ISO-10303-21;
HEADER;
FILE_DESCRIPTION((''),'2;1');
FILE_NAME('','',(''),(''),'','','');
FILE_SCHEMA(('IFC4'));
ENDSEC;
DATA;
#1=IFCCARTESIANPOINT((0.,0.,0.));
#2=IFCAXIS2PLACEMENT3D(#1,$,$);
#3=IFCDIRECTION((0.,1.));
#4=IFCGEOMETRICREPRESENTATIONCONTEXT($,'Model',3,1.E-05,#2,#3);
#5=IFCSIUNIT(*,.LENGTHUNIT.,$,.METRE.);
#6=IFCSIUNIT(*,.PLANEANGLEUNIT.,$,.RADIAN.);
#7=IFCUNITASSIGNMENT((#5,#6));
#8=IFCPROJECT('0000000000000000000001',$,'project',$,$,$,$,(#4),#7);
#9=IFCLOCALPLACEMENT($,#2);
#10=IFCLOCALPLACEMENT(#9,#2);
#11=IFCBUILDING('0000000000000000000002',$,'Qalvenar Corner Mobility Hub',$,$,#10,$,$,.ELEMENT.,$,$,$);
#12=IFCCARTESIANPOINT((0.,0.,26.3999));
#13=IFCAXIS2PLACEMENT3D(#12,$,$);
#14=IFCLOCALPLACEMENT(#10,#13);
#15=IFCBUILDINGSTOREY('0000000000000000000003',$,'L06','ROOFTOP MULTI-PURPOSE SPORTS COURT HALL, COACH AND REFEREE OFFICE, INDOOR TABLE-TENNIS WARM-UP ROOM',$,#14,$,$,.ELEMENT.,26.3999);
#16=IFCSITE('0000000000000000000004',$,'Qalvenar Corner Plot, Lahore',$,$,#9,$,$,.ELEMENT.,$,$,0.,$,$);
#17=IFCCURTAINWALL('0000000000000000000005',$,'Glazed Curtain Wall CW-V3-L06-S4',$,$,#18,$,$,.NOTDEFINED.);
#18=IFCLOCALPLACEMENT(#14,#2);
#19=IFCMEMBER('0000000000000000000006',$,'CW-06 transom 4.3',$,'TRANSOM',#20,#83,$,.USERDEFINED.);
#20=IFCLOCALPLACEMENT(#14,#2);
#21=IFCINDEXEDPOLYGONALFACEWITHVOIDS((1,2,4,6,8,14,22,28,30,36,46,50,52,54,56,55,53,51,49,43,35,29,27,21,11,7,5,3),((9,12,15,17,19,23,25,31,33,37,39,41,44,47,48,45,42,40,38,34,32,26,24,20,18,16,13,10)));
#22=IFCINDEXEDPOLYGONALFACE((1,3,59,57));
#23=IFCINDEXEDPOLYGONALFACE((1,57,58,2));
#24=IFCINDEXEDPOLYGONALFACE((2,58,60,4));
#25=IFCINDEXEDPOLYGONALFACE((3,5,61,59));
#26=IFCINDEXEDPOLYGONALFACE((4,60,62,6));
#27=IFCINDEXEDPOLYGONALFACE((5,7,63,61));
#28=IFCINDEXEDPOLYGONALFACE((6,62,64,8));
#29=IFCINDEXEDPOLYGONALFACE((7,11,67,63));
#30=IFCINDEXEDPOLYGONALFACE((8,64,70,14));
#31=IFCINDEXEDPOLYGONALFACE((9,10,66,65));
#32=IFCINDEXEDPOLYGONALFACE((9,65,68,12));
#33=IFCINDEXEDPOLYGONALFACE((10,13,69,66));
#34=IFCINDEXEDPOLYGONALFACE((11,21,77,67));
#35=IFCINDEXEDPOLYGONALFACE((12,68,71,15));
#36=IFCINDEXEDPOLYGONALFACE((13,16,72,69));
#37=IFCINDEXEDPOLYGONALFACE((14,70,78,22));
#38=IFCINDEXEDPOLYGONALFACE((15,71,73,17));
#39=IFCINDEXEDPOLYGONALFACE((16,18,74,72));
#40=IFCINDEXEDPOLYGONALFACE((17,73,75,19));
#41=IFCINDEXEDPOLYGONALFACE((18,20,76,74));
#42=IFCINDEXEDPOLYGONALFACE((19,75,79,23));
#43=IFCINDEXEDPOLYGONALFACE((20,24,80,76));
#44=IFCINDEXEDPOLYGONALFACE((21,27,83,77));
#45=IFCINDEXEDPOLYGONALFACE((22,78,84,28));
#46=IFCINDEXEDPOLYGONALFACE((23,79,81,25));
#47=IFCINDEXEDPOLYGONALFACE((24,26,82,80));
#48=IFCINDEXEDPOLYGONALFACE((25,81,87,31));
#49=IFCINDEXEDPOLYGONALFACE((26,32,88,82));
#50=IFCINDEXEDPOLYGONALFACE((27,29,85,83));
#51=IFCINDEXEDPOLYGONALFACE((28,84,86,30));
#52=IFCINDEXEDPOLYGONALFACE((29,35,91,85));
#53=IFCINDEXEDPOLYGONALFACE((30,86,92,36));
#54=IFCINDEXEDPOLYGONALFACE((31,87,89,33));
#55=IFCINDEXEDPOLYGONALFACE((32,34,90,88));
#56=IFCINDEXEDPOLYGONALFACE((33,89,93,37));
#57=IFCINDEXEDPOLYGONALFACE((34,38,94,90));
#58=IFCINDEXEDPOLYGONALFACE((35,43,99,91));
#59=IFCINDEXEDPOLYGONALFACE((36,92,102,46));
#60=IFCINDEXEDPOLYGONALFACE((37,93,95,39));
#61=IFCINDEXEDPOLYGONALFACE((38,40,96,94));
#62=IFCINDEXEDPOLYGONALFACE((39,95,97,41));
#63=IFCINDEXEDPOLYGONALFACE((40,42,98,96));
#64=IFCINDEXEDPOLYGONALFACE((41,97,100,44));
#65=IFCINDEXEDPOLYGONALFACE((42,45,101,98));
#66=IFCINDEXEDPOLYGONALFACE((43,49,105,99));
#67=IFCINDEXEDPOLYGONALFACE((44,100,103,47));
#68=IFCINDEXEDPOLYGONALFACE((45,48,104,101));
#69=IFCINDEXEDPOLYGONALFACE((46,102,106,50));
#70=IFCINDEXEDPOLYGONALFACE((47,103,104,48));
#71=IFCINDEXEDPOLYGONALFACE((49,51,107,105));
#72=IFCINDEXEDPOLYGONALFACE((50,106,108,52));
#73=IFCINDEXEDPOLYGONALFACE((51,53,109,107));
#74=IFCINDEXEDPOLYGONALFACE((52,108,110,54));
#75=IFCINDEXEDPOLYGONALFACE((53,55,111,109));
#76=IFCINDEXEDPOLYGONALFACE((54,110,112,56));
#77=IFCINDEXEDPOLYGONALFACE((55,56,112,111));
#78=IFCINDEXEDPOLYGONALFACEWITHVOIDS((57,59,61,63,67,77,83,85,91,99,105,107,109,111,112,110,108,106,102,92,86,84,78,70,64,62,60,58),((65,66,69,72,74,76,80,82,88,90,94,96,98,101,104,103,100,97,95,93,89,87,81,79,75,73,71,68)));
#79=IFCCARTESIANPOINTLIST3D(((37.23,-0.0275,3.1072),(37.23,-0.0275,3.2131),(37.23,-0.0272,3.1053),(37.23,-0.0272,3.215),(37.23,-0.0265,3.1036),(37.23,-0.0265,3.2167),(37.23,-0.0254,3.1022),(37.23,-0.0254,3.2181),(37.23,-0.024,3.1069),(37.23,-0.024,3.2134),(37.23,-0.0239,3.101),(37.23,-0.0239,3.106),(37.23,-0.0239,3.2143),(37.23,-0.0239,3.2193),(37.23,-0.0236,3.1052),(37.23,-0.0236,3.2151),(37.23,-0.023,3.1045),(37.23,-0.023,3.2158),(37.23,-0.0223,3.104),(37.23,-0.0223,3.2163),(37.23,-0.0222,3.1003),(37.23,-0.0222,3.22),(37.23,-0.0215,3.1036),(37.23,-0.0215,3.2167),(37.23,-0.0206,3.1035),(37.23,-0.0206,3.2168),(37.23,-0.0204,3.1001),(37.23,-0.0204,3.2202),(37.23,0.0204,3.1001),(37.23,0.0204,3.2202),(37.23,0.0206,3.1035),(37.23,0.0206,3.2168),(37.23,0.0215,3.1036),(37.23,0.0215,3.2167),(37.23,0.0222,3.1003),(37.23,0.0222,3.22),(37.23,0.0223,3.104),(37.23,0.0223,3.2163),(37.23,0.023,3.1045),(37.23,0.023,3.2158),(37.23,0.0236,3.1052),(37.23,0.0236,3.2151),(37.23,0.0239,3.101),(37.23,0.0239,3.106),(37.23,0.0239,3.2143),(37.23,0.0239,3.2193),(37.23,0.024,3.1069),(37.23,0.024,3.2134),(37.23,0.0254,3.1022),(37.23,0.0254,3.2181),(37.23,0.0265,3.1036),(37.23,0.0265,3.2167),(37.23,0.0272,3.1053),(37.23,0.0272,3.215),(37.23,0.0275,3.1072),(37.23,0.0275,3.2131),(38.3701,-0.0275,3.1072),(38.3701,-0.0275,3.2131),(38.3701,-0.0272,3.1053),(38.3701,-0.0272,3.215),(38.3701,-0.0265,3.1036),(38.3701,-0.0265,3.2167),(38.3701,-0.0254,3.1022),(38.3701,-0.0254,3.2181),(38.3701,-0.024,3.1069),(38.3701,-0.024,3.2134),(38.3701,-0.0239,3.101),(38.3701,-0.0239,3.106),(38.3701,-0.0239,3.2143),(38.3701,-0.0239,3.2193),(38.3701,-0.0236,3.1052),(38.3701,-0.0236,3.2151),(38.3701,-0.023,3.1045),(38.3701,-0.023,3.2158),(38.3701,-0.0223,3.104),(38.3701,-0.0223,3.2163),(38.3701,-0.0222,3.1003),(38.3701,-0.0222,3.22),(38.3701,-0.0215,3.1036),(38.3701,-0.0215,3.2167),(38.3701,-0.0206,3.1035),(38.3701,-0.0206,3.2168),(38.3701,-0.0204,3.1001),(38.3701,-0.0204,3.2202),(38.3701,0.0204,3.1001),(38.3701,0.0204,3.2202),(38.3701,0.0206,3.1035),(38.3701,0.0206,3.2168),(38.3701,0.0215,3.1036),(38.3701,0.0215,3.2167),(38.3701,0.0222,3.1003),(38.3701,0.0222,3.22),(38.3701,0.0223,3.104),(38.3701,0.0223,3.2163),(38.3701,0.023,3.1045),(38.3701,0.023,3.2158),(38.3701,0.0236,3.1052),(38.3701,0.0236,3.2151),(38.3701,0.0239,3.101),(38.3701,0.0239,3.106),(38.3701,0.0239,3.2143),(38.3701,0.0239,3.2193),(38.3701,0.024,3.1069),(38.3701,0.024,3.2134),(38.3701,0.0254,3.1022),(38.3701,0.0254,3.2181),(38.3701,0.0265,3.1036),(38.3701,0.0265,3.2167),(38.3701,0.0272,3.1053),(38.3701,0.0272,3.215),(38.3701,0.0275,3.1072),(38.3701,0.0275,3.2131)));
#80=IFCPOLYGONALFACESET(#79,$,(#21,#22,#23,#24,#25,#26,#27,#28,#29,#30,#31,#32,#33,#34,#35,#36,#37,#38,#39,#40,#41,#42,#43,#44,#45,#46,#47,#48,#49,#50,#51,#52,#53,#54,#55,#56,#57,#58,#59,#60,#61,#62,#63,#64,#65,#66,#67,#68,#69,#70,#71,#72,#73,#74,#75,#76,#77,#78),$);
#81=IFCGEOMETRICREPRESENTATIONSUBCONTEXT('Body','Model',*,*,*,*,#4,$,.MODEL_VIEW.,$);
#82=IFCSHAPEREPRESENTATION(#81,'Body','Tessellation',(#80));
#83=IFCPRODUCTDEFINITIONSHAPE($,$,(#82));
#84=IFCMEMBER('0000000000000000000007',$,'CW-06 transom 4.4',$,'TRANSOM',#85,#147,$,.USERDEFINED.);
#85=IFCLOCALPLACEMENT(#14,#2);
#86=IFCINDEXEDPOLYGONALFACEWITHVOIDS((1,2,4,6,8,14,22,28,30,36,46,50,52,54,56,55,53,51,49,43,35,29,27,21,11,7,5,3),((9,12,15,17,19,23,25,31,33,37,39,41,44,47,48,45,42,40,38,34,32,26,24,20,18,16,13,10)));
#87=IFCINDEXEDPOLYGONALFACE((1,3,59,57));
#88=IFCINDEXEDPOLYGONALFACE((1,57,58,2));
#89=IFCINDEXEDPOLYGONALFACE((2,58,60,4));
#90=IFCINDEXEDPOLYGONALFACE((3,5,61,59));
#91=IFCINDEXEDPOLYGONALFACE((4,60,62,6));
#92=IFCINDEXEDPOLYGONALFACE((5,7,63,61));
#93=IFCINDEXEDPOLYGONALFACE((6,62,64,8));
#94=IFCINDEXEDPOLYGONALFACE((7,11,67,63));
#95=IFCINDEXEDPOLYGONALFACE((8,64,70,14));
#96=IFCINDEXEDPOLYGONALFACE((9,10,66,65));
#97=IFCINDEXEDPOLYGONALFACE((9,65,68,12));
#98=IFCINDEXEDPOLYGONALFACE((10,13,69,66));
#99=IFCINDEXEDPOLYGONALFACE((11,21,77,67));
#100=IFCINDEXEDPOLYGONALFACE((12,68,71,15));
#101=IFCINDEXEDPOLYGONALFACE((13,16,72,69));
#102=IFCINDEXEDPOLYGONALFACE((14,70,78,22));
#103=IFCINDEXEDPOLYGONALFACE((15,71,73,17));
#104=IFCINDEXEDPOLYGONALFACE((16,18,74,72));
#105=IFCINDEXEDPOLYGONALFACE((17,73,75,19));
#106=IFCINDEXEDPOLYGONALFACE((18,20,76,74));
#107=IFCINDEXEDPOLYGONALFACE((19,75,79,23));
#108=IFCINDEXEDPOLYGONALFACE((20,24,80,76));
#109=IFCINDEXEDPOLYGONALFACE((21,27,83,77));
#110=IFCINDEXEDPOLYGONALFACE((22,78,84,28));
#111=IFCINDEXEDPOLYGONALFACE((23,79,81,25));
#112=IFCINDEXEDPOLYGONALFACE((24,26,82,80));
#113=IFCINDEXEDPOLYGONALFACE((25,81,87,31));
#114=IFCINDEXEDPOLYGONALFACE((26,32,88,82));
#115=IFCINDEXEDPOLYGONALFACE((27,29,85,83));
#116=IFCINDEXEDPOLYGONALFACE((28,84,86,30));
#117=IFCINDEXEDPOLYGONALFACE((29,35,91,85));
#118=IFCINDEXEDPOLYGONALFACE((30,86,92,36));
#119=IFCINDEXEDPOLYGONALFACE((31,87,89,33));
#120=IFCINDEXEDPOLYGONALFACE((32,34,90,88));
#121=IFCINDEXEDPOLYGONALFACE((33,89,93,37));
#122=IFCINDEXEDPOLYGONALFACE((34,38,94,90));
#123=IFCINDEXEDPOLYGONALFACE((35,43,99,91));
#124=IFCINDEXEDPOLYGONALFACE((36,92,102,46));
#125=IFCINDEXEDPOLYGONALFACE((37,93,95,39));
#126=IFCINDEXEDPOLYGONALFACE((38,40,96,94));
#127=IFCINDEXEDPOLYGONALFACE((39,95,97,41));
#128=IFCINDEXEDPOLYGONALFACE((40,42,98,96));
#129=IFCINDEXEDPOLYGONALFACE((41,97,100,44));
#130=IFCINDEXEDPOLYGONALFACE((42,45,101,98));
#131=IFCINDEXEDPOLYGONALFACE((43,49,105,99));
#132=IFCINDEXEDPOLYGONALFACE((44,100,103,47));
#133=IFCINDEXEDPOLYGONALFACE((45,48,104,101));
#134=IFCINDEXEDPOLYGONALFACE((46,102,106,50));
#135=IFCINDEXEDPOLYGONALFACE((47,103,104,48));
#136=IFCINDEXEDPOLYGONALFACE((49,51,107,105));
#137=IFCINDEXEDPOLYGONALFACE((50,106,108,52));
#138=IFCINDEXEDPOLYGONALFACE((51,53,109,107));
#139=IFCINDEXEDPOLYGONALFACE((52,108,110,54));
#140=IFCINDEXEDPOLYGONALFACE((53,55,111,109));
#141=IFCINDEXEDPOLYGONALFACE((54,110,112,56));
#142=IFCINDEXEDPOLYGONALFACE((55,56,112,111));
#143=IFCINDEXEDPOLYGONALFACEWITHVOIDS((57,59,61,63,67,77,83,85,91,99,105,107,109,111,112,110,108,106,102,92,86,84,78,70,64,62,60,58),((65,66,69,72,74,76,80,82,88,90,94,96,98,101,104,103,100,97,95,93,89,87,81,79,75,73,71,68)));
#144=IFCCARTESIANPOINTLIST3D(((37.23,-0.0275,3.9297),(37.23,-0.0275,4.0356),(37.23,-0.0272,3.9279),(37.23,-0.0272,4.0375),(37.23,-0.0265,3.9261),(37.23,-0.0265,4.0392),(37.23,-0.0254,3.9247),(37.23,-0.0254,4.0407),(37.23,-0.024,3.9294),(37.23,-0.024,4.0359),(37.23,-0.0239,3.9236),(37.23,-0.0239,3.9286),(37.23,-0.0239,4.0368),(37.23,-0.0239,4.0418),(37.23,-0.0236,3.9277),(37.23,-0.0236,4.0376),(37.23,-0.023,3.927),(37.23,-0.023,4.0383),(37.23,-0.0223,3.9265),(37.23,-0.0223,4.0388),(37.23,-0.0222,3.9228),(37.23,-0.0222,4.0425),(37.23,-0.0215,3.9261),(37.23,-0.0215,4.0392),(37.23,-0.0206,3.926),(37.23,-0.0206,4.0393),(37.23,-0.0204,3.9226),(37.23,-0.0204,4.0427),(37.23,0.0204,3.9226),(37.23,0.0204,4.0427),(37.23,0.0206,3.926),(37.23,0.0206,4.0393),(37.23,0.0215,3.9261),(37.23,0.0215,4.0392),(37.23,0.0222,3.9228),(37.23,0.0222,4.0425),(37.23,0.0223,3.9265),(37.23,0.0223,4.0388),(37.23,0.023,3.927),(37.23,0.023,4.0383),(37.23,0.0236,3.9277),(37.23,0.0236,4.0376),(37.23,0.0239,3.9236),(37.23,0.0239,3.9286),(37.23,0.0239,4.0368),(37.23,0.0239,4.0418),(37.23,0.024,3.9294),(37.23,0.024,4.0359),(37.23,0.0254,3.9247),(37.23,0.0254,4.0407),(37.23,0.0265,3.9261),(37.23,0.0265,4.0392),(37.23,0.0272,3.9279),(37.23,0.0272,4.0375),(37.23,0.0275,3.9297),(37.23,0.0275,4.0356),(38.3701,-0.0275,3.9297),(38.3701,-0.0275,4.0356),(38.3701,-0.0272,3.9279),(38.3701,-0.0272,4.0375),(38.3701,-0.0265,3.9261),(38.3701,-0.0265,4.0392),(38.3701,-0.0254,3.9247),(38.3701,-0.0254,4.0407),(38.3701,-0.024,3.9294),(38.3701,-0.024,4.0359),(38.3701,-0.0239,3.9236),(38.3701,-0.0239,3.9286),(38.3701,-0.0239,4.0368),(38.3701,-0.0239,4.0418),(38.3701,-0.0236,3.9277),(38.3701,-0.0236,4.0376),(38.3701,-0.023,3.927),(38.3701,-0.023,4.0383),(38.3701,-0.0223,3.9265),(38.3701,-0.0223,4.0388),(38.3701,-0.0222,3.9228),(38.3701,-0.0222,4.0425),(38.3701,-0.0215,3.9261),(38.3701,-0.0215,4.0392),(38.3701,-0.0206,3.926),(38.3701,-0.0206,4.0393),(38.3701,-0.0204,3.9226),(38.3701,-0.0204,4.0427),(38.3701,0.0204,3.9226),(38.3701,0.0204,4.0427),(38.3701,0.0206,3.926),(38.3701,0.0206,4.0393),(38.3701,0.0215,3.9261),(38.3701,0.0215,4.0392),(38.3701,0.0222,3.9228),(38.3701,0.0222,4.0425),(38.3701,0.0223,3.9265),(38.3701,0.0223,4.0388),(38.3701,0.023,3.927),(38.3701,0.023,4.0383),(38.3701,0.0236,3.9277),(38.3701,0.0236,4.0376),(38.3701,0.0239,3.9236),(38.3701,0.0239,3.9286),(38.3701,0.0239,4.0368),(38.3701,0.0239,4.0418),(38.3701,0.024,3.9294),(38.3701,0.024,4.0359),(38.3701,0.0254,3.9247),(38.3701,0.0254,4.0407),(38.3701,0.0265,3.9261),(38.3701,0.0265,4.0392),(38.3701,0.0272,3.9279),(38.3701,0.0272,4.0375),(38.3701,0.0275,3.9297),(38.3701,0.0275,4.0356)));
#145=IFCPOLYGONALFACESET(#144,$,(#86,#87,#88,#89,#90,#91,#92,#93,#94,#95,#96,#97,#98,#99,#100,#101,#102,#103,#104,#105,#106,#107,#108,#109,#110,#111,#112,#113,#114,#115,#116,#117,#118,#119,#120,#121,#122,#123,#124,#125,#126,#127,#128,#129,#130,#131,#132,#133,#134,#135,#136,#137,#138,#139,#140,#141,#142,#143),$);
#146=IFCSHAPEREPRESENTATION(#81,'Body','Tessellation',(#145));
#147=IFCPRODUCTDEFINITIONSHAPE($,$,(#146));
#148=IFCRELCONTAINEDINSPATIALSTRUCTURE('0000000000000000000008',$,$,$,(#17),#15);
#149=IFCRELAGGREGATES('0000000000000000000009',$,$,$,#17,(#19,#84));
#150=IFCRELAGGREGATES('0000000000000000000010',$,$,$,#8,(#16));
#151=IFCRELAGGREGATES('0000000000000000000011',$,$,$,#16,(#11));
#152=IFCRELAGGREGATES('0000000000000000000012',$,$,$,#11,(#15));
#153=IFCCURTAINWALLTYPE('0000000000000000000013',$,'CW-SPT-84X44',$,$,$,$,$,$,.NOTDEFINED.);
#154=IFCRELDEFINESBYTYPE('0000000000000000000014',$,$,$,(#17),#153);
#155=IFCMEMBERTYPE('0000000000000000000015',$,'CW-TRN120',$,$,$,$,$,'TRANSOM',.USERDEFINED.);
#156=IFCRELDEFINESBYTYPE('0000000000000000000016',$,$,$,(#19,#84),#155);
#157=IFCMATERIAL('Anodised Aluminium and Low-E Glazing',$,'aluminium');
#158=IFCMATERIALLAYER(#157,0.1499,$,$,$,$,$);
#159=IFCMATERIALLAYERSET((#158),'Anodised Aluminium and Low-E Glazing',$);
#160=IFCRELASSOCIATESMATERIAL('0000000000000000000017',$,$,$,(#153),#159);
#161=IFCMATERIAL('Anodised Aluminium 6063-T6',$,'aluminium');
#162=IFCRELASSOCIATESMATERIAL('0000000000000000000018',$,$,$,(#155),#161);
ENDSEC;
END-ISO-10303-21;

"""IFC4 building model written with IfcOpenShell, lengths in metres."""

from ifc_helpers import new_model, si_unit, direction, frame, origin, origin_2d, place, context, subcontext, project, spatial, hollow_rectangle, extrude, material, layer, layer_set, material_profile, profile_set, type_object, element, aggregate, save


model = new_model("IFC4")

# Units and contexts
model_context = context("Model", 3, precision=1e-05, world=origin(), true_north=direction((0.0, 1.0)))
body_context = subcontext(model_context, "Body", "Model", "MODEL_VIEW")
ifc_project = project(units=[si_unit("LENGTHUNIT", "METRE"), si_unit("PLANEANGLEUNIT", "RADIAN")], contexts=[model_context])

# Site, building, storey
site_placement = place(None, origin())
site = spatial("IfcSite", under=ifc_project, at=site_placement, Name="Qalvenar Corner Plot, Lahore", CompositionType="ELEMENT", RefElevation=0.0)
building_placement = place(site_placement, origin())
building = spatial("IfcBuilding", under=site, at=building_placement, Name="Qalvenar Corner Mobility Hub", CompositionType="ELEMENT")
storey_placement = place(building_placement, frame((0.0, 0.0, 26.3999)))
storey = spatial("IfcBuildingStorey", under=building, at=storey_placement, Name="L06", Description="ROOFTOP MULTI-PURPOSE SPORTS COURT HALL, COACH AND REFEREE OFFICE, INDOOR TABLE-TENNIS WARM-UP ROOM", CompositionType="ELEMENT", Elevation=26.3999)

# Curtain wall, members
ifc_material_1 = material(Name="Anodised Aluminium and Low-E Glazing", Category="aluminium")
ifc_layer_1 = layer(ifc_material_1, 0.1499)
ifc_layer_set_1 = layer_set([ifc_layer_1], Name="Anodised Aluminium and Low-E Glazing")
curtain_wall_type = type_object("IfcCurtainWallType", Name="CW-SPT-84X44", PredefinedType="NOTDEFINED", material=ifc_layer_set_1)
curtain_wall_placement = place(storey_placement, origin())
curtain_wall = element("IfcCurtainWall", 1, at=curtain_wall_placement, inside=storey, type_object=curtain_wall_type, Name="Glazed Curtain Wall CW-V3-L06-S4", PredefinedType="NOTDEFINED")
ifc_material_2 = material(Name="Anodised Aluminium 6063-T6", Category="aluminium")
ifc_material_profile_1 = material_profile(ifc_material_2, hollow_rectangle(XDim=0.0549, YDim=0.1201, WallThickness=0.0034, InnerFilletRadius=0.0034, OuterFilletRadius=0.0071, at=origin_2d()), Name="RHS120x55x3.5")
ifc_profile_set_1 = profile_set([ifc_material_profile_1], Name="Anodised Aluminium 6063-T6")
member_type_1 = type_object("IfcMemberType", Name="CW-TRN120", ElementType="TRANSOM", PredefinedType="USERDEFINED", material=ifc_profile_set_1)
member_1_placement = place(storey_placement, frame((37.23, 0.0, 3.1602), z_axis=(1.0, 0.0, 0.0), x_axis=(0.0, 1.0, 0.0)))
member_1 = element("IfcMember", 2, at=member_1_placement, type_object=member_type_1, Name="CW-06 transom 4.3", ObjectType="TRANSOM", PredefinedType="USERDEFINED", context=body_context, shape_type="SweptSolid", body=[
    extrude(hollow_rectangle(XDim=0.0549, YDim=0.1201, WallThickness=0.0034, InnerFilletRadius=0.0034, OuterFilletRadius=0.0071, at=origin_2d()), origin(), (0.0, 0.0, 1.0), 1.1401),
])
member_2_placement = place(storey_placement, frame((37.23, 0.0, 3.9827), z_axis=(1.0, 0.0, 0.0), x_axis=(0.0, 1.0, 0.0)))
member_2 = element("IfcMember", 3, at=member_2_placement, type_object=member_type_1, Name="CW-06 transom 4.4", ObjectType="TRANSOM", PredefinedType="USERDEFINED", context=body_context, shape_type="SweptSolid", body=[
    extrude(hollow_rectangle(XDim=0.0549, YDim=0.1201, WallThickness=0.0034, InnerFilletRadius=0.0034, OuterFilletRadius=0.0071, at=origin_2d()), origin(), (0.0, 0.0, 1.0), 1.1401),
])
aggregate(curtain_wall, [member_1, member_2])

save(model, "model.ifc")
